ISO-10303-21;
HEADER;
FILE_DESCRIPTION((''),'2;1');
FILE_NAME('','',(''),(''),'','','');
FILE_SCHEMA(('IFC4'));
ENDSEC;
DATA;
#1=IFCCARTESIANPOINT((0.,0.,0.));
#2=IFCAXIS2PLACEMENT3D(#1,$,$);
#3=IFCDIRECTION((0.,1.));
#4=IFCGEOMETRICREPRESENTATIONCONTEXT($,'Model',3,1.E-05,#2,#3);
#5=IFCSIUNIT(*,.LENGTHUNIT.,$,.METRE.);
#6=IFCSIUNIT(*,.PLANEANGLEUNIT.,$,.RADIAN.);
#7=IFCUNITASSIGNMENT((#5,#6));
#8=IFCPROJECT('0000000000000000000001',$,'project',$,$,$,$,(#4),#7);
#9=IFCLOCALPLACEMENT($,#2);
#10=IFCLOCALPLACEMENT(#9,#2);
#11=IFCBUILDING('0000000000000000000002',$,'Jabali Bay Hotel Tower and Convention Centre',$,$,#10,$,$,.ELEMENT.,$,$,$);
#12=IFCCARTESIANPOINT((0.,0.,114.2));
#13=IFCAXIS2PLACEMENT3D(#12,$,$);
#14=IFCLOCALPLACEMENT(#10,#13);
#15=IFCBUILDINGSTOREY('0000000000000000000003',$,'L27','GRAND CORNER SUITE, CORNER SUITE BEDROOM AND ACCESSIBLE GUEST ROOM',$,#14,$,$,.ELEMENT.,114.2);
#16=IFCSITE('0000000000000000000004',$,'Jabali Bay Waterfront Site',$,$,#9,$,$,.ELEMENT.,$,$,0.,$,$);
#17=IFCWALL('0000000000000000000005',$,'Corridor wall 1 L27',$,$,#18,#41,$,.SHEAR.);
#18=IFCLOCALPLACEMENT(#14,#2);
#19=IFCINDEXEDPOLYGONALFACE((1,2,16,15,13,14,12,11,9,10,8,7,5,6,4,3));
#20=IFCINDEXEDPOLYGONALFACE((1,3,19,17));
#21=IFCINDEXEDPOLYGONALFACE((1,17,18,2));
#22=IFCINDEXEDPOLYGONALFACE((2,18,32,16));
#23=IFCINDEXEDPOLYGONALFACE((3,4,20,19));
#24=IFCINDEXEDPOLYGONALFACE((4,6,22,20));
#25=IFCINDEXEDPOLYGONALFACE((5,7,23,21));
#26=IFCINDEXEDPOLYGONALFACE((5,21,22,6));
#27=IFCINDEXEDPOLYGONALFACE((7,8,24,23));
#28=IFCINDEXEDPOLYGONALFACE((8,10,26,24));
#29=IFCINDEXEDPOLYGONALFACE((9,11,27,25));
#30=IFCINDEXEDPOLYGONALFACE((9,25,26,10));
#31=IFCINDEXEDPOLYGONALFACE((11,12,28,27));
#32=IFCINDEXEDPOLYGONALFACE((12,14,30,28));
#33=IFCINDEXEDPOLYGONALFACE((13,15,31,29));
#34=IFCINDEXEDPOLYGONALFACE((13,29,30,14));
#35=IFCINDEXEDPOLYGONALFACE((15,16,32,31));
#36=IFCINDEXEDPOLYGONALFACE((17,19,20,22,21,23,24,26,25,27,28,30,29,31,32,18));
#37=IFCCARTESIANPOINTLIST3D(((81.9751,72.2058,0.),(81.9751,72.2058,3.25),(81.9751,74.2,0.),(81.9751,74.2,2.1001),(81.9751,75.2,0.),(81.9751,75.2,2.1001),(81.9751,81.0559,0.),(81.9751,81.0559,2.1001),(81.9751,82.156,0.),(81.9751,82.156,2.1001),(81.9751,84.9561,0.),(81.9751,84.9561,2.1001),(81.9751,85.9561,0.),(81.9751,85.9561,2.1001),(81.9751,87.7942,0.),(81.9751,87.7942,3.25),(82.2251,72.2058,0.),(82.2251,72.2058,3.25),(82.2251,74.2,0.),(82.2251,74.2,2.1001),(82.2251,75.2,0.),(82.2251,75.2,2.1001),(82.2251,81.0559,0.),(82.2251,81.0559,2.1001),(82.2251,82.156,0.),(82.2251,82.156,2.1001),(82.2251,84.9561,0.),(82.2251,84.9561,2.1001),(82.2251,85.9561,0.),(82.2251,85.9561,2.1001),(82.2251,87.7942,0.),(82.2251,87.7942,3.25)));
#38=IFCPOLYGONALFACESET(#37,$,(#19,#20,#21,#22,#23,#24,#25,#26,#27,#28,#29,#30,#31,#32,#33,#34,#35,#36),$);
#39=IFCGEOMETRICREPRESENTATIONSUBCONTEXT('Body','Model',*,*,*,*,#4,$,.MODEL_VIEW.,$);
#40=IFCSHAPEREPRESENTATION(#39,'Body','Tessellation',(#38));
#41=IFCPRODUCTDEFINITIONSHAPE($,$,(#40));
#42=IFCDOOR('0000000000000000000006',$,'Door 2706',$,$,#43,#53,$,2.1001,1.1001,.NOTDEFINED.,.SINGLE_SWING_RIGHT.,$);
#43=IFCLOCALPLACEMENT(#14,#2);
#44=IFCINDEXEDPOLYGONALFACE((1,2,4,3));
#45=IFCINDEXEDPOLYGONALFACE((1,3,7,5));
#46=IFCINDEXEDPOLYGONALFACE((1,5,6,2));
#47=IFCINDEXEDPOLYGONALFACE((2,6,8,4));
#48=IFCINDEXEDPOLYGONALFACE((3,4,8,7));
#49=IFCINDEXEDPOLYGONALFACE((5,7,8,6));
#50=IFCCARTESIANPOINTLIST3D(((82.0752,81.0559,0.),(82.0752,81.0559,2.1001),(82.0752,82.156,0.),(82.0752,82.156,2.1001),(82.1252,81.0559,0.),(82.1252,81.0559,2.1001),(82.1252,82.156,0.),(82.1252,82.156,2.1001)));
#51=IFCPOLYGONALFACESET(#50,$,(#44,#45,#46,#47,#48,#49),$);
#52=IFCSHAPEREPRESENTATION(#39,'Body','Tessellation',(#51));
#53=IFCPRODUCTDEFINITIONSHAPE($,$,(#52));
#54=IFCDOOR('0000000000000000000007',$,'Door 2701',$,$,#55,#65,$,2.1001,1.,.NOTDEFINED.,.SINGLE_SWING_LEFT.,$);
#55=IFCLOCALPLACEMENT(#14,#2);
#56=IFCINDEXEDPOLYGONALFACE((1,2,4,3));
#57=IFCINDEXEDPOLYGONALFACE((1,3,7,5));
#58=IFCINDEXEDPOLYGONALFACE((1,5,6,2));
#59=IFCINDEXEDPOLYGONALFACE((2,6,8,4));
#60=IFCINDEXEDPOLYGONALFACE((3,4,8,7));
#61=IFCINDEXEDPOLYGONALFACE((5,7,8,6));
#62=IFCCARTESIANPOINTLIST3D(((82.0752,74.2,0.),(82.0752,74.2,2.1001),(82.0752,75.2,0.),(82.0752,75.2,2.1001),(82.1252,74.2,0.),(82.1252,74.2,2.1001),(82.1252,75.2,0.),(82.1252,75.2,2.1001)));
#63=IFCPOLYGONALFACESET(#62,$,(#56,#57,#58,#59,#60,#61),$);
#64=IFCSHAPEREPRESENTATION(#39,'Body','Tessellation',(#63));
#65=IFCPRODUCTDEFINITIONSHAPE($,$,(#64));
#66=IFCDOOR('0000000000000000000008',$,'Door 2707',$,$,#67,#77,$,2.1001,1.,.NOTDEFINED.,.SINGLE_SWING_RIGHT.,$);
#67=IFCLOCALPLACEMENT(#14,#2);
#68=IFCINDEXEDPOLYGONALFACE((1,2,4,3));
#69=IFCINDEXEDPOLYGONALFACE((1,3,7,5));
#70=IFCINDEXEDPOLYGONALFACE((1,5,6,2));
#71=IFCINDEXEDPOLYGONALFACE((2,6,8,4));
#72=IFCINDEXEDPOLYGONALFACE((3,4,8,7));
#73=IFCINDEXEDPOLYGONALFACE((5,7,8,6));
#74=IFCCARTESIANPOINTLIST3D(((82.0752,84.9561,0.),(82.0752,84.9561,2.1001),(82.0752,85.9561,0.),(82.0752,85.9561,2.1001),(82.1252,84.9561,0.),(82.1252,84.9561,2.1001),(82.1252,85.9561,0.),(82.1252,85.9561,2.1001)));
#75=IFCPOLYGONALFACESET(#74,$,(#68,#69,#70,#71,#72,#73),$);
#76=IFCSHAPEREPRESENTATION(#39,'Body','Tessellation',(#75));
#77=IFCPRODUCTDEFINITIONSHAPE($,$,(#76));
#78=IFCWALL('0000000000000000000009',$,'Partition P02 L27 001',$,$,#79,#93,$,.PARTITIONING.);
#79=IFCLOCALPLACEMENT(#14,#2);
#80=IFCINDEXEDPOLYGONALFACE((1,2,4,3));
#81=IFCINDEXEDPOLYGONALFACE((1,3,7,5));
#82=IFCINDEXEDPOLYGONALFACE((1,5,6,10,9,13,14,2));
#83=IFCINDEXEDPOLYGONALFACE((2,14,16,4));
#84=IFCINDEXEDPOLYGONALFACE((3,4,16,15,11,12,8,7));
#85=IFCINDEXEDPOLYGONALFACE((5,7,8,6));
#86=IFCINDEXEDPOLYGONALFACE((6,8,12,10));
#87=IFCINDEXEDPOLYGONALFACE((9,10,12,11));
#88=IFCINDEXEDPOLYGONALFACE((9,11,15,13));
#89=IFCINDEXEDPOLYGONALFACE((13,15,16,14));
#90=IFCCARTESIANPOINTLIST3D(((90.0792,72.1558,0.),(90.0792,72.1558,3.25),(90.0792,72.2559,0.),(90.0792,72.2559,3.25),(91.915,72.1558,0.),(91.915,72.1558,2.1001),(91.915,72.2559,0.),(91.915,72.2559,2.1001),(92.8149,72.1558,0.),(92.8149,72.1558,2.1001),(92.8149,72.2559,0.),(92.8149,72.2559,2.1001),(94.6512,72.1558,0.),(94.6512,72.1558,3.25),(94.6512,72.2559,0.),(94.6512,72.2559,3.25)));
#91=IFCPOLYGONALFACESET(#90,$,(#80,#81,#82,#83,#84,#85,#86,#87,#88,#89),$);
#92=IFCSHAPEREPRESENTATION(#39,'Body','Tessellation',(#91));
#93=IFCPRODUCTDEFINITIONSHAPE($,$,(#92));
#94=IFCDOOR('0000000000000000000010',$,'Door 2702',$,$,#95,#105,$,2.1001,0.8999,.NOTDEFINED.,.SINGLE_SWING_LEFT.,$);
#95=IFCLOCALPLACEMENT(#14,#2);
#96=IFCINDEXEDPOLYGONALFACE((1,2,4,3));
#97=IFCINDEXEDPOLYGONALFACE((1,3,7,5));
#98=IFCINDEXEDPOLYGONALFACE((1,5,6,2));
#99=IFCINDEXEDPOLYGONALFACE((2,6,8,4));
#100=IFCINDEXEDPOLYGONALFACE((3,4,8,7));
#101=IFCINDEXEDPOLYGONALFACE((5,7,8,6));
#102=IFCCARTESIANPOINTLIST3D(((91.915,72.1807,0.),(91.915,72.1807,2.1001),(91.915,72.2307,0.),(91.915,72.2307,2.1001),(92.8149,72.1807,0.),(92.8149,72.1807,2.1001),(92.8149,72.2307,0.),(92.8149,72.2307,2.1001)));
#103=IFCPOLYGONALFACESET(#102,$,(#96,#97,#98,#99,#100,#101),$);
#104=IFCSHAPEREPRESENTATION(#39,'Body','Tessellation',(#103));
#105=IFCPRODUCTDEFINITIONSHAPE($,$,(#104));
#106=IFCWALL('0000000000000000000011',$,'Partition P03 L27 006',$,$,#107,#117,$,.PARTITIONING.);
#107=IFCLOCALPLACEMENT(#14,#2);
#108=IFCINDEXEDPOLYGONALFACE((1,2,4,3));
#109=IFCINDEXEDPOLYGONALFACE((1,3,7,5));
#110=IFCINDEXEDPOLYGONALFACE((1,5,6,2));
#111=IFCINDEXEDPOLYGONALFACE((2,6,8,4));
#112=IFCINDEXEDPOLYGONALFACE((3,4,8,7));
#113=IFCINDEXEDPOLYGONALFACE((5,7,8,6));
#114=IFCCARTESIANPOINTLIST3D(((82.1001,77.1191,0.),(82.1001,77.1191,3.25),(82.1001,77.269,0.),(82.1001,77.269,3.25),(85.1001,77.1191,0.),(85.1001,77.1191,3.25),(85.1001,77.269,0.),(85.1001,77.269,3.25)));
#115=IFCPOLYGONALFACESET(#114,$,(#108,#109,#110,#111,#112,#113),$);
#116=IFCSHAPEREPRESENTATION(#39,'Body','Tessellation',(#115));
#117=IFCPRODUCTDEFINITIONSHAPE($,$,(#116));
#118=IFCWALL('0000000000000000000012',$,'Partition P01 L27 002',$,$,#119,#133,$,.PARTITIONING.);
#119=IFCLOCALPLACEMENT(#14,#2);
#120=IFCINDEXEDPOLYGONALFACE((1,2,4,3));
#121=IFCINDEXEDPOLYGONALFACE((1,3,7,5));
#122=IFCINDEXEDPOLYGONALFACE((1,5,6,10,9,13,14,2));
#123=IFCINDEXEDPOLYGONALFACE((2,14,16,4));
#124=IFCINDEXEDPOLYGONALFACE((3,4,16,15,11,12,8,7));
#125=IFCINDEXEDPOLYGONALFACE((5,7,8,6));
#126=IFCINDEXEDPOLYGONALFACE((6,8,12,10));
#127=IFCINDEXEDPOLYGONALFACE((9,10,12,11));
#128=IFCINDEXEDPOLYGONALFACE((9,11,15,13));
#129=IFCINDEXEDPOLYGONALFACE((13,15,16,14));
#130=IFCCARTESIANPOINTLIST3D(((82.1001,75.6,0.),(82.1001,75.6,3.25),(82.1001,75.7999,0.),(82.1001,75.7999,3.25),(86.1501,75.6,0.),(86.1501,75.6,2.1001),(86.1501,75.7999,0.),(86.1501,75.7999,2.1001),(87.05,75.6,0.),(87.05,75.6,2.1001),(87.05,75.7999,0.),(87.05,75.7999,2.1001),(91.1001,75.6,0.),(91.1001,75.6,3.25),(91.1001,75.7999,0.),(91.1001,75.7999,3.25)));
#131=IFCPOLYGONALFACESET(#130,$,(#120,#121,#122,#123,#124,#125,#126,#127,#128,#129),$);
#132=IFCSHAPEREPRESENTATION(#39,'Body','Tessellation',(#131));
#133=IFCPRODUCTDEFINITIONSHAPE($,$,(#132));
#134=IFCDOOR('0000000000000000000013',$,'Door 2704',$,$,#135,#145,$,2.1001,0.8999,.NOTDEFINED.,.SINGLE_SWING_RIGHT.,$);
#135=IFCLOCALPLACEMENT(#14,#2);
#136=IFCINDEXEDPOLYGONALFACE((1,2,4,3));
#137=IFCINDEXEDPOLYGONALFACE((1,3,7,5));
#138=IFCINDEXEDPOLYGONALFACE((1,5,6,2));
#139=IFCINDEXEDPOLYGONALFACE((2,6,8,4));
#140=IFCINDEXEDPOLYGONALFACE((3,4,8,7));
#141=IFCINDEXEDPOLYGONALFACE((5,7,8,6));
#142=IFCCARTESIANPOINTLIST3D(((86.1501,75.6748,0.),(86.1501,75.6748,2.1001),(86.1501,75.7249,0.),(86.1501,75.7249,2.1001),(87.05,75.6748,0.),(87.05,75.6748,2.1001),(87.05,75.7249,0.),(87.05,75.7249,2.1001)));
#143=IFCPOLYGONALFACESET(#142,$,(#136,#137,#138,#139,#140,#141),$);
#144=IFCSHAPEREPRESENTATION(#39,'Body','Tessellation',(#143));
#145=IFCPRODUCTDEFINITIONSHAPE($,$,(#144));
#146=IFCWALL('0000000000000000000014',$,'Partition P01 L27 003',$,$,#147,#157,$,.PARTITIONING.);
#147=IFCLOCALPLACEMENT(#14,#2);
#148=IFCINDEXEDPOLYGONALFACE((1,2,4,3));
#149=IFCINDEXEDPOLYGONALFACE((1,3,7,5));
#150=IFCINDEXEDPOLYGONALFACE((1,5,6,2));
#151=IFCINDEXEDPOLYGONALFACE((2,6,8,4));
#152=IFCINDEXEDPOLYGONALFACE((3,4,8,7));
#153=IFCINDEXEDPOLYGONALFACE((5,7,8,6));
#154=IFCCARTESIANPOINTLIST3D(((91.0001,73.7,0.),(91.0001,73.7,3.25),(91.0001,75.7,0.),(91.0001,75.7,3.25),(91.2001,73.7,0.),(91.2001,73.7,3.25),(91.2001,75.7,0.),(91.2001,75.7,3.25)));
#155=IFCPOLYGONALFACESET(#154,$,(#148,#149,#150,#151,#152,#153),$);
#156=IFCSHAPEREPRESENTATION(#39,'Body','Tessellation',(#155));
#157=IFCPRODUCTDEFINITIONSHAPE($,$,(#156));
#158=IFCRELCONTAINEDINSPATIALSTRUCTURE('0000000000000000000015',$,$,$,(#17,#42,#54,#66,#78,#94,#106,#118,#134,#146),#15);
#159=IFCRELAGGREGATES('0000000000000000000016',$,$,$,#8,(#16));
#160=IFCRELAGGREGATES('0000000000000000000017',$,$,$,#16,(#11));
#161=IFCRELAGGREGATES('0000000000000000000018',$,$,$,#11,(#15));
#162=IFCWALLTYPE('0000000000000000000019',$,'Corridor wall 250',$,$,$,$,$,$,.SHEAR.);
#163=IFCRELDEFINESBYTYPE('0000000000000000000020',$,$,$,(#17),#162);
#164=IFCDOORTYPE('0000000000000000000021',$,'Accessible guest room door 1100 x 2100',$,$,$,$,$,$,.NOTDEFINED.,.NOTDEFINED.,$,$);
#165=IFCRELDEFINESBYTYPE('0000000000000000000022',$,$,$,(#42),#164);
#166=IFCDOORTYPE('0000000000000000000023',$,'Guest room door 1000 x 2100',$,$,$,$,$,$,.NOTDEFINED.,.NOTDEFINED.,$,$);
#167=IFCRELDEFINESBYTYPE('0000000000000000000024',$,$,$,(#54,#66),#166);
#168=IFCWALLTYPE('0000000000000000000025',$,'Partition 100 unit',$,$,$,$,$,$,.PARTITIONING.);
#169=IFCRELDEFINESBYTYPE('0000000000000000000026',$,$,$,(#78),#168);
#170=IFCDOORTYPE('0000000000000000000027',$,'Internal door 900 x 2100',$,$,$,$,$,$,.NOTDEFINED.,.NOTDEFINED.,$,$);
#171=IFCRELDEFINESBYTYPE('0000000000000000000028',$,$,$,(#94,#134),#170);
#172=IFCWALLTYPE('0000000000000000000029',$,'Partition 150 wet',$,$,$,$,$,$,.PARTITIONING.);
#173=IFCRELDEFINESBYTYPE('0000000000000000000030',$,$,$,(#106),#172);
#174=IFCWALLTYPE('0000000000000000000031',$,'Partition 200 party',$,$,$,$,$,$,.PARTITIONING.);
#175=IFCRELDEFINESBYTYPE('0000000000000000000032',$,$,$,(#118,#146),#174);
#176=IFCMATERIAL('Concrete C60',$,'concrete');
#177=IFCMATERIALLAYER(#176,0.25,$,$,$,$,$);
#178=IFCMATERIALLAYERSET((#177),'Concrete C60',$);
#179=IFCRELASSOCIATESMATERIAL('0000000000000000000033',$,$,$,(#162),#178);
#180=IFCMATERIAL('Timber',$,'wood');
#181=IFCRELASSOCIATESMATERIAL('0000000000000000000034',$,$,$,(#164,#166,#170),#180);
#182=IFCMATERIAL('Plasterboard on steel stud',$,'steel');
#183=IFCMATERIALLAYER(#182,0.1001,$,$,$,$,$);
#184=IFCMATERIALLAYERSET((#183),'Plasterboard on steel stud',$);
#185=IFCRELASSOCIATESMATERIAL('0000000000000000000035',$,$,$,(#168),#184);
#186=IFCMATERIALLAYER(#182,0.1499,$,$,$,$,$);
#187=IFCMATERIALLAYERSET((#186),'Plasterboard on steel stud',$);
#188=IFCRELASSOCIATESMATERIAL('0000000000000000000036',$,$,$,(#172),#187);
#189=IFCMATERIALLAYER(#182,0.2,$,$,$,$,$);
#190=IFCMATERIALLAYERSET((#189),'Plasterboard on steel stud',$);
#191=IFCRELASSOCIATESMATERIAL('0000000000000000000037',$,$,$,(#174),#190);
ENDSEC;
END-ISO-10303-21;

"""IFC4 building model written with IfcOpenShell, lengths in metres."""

from ifc_helpers import new_model, si_unit, direction, frame, frame_2d, origin, place, context, subcontext, project, spatial, rectangle, extrude, material, layer, layer_set, type_object, element, fill, save


model = new_model("IFC4")

# Units and contexts
model_context = context("Model", 3, precision=1e-05, world=origin(), true_north=direction((0.0, 1.0)))
body_context = subcontext(model_context, "Body", "Model", "MODEL_VIEW")
ifc_project = project(units=[si_unit("LENGTHUNIT", "METRE"), si_unit("PLANEANGLEUNIT", "RADIAN")], contexts=[model_context])

# Site, building, storey
site_placement = place(None, origin())
site = spatial("IfcSite", under=ifc_project, at=site_placement, Name="Jabali Bay Waterfront Site", CompositionType="ELEMENT", RefElevation=0.0)
building_placement = place(site_placement, origin())
building = spatial("IfcBuilding", under=site, at=building_placement, Name="Jabali Bay Hotel Tower and Convention Centre", CompositionType="ELEMENT")
storey_placement = place(building_placement, frame((0.0, 0.0, 114.2)))
storey = spatial("IfcBuildingStorey", under=building, at=storey_placement, Name="L27", Description="GRAND CORNER SUITE, CORNER SUITE BEDROOM AND ACCESSIBLE GUEST ROOM", CompositionType="ELEMENT", Elevation=114.2)

# Shared definitions
ifc_material_1 = material(Name="Concrete C60", Category="concrete")

# Wall, openings, doors
ifc_layer_1 = layer(ifc_material_1, 0.25)
ifc_layer_set_1 = layer_set([ifc_layer_1], Name="Concrete C60")
wall_type_1 = type_object("IfcWallType", Name="Corridor wall 250", PredefinedType="SHEAR", material=ifc_layer_set_1)
wall_1_placement = place(storey_placement, frame((82.1001, 72.2058, 0.0), z_axis=(0.0, 0.0, 1.0), x_axis=(0.0, 1.0, 0.0)))
wall_1 = element("IfcWall", 1, at=wall_1_placement, inside=storey, type_object=wall_type_1, Name="Corridor wall 1 L27", PredefinedType="SHEAR", context=body_context, shape_type="SweptSolid", body=[
    extrude(rectangle(XDim=15.5884, YDim=0.25, at=frame_2d((7.7942, 0.0))), origin(), (0.0, 0.0, 1.0), 3.25),
])
opening_1_placement = place(wall_1_placement, frame((1.9941, 0.0, 0.0)))
opening_1 = element("IfcOpeningElement", 2, at=opening_1_placement, cuts=wall_1, PredefinedType="OPENING", context=body_context, shape_type="SweptSolid", body=[
    extrude(rectangle(XDim=1.0, YDim=2.1001, at=frame_2d((0.5, 1.05))), frame((0.0, 0.1355, 0.0), z_axis=(0.0, -1.0, 0.0), x_axis=(1.0, 0.0, 0.0)), (0.0, 0.0, 1.0), 0.271),
])
opening_2_placement = place(wall_1_placement, frame((8.8501, 0.0, 0.0)))
opening_2 = element("IfcOpeningElement", 3, at=opening_2_placement, cuts=wall_1, PredefinedType="OPENING", context=body_context, shape_type="SweptSolid", body=[
    extrude(rectangle(XDim=1.1001, YDim=2.1001, at=frame_2d((0.55, 1.05))), frame((0.0, 0.1355, 0.0), z_axis=(0.0, -1.0, 0.0), x_axis=(1.0, 0.0, 0.0)), (0.0, 0.0, 1.0), 0.271),
])
opening_3_placement = place(wall_1_placement, frame((12.7502, 0.0, 0.0)))
opening_3 = element("IfcOpeningElement", 4, at=opening_3_placement, cuts=wall_1, PredefinedType="OPENING", context=body_context, shape_type="SweptSolid", body=[
    extrude(rectangle(XDim=1.0, YDim=2.1001, at=frame_2d((0.5, 1.05))), frame((0.0, 0.1355, 0.0), z_axis=(0.0, -1.0, 0.0), x_axis=(1.0, 0.0, 0.0)), (0.0, 0.0, 1.0), 0.271),
])
ifc_material_2 = material(Name="Timber", Category="wood")
door_type_1 = type_object("IfcDoorType", Name="Accessible guest room door 1100 x 2100", OperationType="NOTDEFINED", PredefinedType="NOTDEFINED", material=ifc_material_2)
door_1_placement = place(opening_2_placement, origin())
door_1 = element("IfcDoor", 5, at=door_1_placement, inside=storey, type_object=door_type_1, Name="Door 2706", OperationType="SINGLE_SWING_RIGHT", OverallHeight=2.1001, OverallWidth=1.1001, PredefinedType="NOTDEFINED", context=body_context, shape_type="SweptSolid", body=[
    extrude(rectangle(XDim=1.1001, YDim=2.1001, at=frame_2d((0.55, 1.05))), frame((0.0, 0.0249, 0.0), z_axis=(0.0, -1.0, 0.0), x_axis=(1.0, 0.0, 0.0)), (0.0, 0.0, 1.0), 0.05),
])
fill(opening_2, door_1)
door_type_2 = type_object("IfcDoorType", Name="Guest room door 1000 x 2100", OperationType="NOTDEFINED", PredefinedType="NOTDEFINED", material=ifc_material_2)
door_2_placement = place(opening_1_placement, origin())
door_2 = element("IfcDoor", 6, at=door_2_placement, inside=storey, type_object=door_type_2, Name="Door 2701", OperationType="SINGLE_SWING_LEFT", OverallHeight=2.1001, OverallWidth=1.0, PredefinedType="NOTDEFINED", context=body_context, shape_type="SweptSolid", body=[
    extrude(rectangle(XDim=1.0, YDim=2.1001, at=frame_2d((0.5, 1.05))), frame((0.0, 0.0249, 0.0), z_axis=(0.0, -1.0, 0.0), x_axis=(1.0, 0.0, 0.0)), (0.0, 0.0, 1.0), 0.05),
])
fill(opening_1, door_2)
door_3_placement = place(opening_3_placement, origin())
door_3 = element("IfcDoor", 7, at=door_3_placement, inside=storey, type_object=door_type_2, Name="Door 2707", OperationType="SINGLE_SWING_RIGHT", OverallHeight=2.1001, OverallWidth=1.0, PredefinedType="NOTDEFINED", context=body_context, shape_type="SweptSolid", body=[
    extrude(rectangle(XDim=1.0, YDim=2.1001, at=frame_2d((0.5, 1.05))), frame((0.0, 0.0249, 0.0), z_axis=(0.0, -1.0, 0.0), x_axis=(1.0, 0.0, 0.0)), (0.0, 0.0, 1.0), 0.05),
])
fill(opening_3, door_3)

# Wall, opening, door
ifc_material_3 = material(Name="Plasterboard on steel stud", Category="steel")
ifc_layer_2 = layer(ifc_material_3, 0.1001)
ifc_layer_set_2 = layer_set([ifc_layer_2], Name="Plasterboard on steel stud")
wall_type_2 = type_object("IfcWallType", Name="Partition 100 unit", PredefinedType="PARTITIONING", material=ifc_layer_set_2)
wall_2_placement = place(storey_placement, frame((90.0791, 72.2058, 0.0), z_axis=(0.0, 0.0, 1.0), x_axis=(1.0, 0.0, 0.0)))
wall_2 = element("IfcWall", 8, at=wall_2_placement, inside=storey, type_object=wall_type_2, Name="Partition P02 L27 001", PredefinedType="PARTITIONING", context=body_context, shape_type="SweptSolid", body=[
    extrude(rectangle(XDim=4.572, YDim=0.1001, at=frame_2d((2.2861, 0.0))), origin(), (0.0, 0.0, 1.0), 3.25),
])
opening_4_placement = place(wall_2_placement, frame((1.8359, 0.0, 0.0)))
opening_4 = element("IfcOpeningElement", 9, at=opening_4_placement, cuts=wall_2, PredefinedType="OPENING", context=body_context, shape_type="SweptSolid", body=[
    extrude(rectangle(XDim=0.8999, YDim=2.1001, at=frame_2d((0.45, 1.05))), frame((0.0, 0.0605, 0.0), z_axis=(0.0, -1.0, 0.0), x_axis=(1.0, 0.0, 0.0)), (0.0, 0.0, 1.0), 0.1211),
])
door_type_3 = type_object("IfcDoorType", Name="Internal door 900 x 2100", OperationType="NOTDEFINED", PredefinedType="NOTDEFINED", material=ifc_material_2)
door_4_placement = place(opening_4_placement, origin())
door_4 = element("IfcDoor", 10, at=door_4_placement, inside=storey, type_object=door_type_3, Name="Door 2702", OperationType="SINGLE_SWING_LEFT", OverallHeight=2.1001, OverallWidth=0.8999, PredefinedType="NOTDEFINED", context=body_context, shape_type="SweptSolid", body=[
    extrude(rectangle(XDim=0.8999, YDim=2.1001, at=frame_2d((0.45, 1.05))), frame((0.0, 0.0249, 0.0), z_axis=(0.0, -1.0, 0.0), x_axis=(1.0, 0.0, 0.0)), (0.0, 0.0, 1.0), 0.05),
])
fill(opening_4, door_4)

# Wall
ifc_layer_3 = layer(ifc_material_3, 0.1499)
ifc_layer_set_3 = layer_set([ifc_layer_3], Name="Plasterboard on steel stud")
wall_type_3 = type_object("IfcWallType", Name="Partition 150 wet", PredefinedType="PARTITIONING", material=ifc_layer_set_3)
wall_3_placement = place(storey_placement, frame((85.1001, 77.1941, 0.0), z_axis=(0.0, 0.0, 1.0), x_axis=(-1.0, 0.0, 0.0)))
element("IfcWall", 11, at=wall_3_placement, inside=storey, type_object=wall_type_3, Name="Partition P03 L27 006", PredefinedType="PARTITIONING", context=body_context, shape_type="SweptSolid", body=[
    extrude(rectangle(XDim=3.0, YDim=0.1499, at=frame_2d((1.5, 0.0))), origin(), (0.0, 0.0, 1.0), 3.25),
])

# Wall, opening, door
ifc_layer_4 = layer(ifc_material_3, 0.2)
ifc_layer_set_4 = layer_set([ifc_layer_4], Name="Plasterboard on steel stud")
wall_type_4 = type_object("IfcWallType", Name="Partition 200 party", PredefinedType="PARTITIONING", material=ifc_layer_set_4)
wall_4_placement = place(storey_placement, frame((82.1001, 75.7, 0.0), z_axis=(0.0, 0.0, 1.0), x_axis=(1.0, 0.0, 0.0)))
wall_4 = element("IfcWall", 12, at=wall_4_placement, inside=storey, type_object=wall_type_4, Name="Partition P01 L27 002", PredefinedType="PARTITIONING", context=body_context, shape_type="SweptSolid", body=[
    extrude(rectangle(XDim=9.0, YDim=0.2, at=frame_2d((4.5, 0.0))), origin(), (0.0, 0.0, 1.0), 3.25),
])
opening_5_placement = place(wall_4_placement, frame((4.05, 0.0, 0.0)))
opening_5 = element("IfcOpeningElement", 13, at=opening_5_placement, cuts=wall_4, PredefinedType="OPENING", context=body_context, shape_type="SweptSolid", body=[
    extrude(rectangle(XDim=0.8999, YDim=2.1001, at=frame_2d((0.45, 1.05))), frame((0.0, 0.1104, 0.0), z_axis=(0.0, -1.0, 0.0), x_axis=(1.0, 0.0, 0.0)), (0.0, 0.0, 1.0), 0.2209),
])
door_5_placement = place(opening_5_placement, origin())
door_5 = element("IfcDoor", 14, at=door_5_placement, inside=storey, type_object=door_type_3, Name="Door 2704", OperationType="SINGLE_SWING_RIGHT", OverallHeight=2.1001, OverallWidth=0.8999, PredefinedType="NOTDEFINED", context=body_context, shape_type="SweptSolid", body=[
    extrude(rectangle(XDim=0.8999, YDim=2.1001, at=frame_2d((0.45, 1.05))), frame((0.0, 0.0249, 0.0), z_axis=(0.0, -1.0, 0.0), x_axis=(1.0, 0.0, 0.0)), (0.0, 0.0, 1.0), 0.05),
])
fill(opening_5, door_5)

# Wall
wall_5_placement = place(storey_placement, frame((91.1001, 75.7, 0.0), z_axis=(0.0, 0.0, 1.0), x_axis=(0.0, -1.0, 0.0)))
element("IfcWall", 15, at=wall_5_placement, inside=storey, type_object=wall_type_4, Name="Partition P01 L27 003", PredefinedType="PARTITIONING", context=body_context, shape_type="SweptSolid", body=[
    extrude(rectangle(XDim=2.0, YDim=0.2, at=frame_2d((1.0, 0.0))), origin(), (0.0, 0.0, 1.0), 3.25),
])

save(model, "model.ifc")
